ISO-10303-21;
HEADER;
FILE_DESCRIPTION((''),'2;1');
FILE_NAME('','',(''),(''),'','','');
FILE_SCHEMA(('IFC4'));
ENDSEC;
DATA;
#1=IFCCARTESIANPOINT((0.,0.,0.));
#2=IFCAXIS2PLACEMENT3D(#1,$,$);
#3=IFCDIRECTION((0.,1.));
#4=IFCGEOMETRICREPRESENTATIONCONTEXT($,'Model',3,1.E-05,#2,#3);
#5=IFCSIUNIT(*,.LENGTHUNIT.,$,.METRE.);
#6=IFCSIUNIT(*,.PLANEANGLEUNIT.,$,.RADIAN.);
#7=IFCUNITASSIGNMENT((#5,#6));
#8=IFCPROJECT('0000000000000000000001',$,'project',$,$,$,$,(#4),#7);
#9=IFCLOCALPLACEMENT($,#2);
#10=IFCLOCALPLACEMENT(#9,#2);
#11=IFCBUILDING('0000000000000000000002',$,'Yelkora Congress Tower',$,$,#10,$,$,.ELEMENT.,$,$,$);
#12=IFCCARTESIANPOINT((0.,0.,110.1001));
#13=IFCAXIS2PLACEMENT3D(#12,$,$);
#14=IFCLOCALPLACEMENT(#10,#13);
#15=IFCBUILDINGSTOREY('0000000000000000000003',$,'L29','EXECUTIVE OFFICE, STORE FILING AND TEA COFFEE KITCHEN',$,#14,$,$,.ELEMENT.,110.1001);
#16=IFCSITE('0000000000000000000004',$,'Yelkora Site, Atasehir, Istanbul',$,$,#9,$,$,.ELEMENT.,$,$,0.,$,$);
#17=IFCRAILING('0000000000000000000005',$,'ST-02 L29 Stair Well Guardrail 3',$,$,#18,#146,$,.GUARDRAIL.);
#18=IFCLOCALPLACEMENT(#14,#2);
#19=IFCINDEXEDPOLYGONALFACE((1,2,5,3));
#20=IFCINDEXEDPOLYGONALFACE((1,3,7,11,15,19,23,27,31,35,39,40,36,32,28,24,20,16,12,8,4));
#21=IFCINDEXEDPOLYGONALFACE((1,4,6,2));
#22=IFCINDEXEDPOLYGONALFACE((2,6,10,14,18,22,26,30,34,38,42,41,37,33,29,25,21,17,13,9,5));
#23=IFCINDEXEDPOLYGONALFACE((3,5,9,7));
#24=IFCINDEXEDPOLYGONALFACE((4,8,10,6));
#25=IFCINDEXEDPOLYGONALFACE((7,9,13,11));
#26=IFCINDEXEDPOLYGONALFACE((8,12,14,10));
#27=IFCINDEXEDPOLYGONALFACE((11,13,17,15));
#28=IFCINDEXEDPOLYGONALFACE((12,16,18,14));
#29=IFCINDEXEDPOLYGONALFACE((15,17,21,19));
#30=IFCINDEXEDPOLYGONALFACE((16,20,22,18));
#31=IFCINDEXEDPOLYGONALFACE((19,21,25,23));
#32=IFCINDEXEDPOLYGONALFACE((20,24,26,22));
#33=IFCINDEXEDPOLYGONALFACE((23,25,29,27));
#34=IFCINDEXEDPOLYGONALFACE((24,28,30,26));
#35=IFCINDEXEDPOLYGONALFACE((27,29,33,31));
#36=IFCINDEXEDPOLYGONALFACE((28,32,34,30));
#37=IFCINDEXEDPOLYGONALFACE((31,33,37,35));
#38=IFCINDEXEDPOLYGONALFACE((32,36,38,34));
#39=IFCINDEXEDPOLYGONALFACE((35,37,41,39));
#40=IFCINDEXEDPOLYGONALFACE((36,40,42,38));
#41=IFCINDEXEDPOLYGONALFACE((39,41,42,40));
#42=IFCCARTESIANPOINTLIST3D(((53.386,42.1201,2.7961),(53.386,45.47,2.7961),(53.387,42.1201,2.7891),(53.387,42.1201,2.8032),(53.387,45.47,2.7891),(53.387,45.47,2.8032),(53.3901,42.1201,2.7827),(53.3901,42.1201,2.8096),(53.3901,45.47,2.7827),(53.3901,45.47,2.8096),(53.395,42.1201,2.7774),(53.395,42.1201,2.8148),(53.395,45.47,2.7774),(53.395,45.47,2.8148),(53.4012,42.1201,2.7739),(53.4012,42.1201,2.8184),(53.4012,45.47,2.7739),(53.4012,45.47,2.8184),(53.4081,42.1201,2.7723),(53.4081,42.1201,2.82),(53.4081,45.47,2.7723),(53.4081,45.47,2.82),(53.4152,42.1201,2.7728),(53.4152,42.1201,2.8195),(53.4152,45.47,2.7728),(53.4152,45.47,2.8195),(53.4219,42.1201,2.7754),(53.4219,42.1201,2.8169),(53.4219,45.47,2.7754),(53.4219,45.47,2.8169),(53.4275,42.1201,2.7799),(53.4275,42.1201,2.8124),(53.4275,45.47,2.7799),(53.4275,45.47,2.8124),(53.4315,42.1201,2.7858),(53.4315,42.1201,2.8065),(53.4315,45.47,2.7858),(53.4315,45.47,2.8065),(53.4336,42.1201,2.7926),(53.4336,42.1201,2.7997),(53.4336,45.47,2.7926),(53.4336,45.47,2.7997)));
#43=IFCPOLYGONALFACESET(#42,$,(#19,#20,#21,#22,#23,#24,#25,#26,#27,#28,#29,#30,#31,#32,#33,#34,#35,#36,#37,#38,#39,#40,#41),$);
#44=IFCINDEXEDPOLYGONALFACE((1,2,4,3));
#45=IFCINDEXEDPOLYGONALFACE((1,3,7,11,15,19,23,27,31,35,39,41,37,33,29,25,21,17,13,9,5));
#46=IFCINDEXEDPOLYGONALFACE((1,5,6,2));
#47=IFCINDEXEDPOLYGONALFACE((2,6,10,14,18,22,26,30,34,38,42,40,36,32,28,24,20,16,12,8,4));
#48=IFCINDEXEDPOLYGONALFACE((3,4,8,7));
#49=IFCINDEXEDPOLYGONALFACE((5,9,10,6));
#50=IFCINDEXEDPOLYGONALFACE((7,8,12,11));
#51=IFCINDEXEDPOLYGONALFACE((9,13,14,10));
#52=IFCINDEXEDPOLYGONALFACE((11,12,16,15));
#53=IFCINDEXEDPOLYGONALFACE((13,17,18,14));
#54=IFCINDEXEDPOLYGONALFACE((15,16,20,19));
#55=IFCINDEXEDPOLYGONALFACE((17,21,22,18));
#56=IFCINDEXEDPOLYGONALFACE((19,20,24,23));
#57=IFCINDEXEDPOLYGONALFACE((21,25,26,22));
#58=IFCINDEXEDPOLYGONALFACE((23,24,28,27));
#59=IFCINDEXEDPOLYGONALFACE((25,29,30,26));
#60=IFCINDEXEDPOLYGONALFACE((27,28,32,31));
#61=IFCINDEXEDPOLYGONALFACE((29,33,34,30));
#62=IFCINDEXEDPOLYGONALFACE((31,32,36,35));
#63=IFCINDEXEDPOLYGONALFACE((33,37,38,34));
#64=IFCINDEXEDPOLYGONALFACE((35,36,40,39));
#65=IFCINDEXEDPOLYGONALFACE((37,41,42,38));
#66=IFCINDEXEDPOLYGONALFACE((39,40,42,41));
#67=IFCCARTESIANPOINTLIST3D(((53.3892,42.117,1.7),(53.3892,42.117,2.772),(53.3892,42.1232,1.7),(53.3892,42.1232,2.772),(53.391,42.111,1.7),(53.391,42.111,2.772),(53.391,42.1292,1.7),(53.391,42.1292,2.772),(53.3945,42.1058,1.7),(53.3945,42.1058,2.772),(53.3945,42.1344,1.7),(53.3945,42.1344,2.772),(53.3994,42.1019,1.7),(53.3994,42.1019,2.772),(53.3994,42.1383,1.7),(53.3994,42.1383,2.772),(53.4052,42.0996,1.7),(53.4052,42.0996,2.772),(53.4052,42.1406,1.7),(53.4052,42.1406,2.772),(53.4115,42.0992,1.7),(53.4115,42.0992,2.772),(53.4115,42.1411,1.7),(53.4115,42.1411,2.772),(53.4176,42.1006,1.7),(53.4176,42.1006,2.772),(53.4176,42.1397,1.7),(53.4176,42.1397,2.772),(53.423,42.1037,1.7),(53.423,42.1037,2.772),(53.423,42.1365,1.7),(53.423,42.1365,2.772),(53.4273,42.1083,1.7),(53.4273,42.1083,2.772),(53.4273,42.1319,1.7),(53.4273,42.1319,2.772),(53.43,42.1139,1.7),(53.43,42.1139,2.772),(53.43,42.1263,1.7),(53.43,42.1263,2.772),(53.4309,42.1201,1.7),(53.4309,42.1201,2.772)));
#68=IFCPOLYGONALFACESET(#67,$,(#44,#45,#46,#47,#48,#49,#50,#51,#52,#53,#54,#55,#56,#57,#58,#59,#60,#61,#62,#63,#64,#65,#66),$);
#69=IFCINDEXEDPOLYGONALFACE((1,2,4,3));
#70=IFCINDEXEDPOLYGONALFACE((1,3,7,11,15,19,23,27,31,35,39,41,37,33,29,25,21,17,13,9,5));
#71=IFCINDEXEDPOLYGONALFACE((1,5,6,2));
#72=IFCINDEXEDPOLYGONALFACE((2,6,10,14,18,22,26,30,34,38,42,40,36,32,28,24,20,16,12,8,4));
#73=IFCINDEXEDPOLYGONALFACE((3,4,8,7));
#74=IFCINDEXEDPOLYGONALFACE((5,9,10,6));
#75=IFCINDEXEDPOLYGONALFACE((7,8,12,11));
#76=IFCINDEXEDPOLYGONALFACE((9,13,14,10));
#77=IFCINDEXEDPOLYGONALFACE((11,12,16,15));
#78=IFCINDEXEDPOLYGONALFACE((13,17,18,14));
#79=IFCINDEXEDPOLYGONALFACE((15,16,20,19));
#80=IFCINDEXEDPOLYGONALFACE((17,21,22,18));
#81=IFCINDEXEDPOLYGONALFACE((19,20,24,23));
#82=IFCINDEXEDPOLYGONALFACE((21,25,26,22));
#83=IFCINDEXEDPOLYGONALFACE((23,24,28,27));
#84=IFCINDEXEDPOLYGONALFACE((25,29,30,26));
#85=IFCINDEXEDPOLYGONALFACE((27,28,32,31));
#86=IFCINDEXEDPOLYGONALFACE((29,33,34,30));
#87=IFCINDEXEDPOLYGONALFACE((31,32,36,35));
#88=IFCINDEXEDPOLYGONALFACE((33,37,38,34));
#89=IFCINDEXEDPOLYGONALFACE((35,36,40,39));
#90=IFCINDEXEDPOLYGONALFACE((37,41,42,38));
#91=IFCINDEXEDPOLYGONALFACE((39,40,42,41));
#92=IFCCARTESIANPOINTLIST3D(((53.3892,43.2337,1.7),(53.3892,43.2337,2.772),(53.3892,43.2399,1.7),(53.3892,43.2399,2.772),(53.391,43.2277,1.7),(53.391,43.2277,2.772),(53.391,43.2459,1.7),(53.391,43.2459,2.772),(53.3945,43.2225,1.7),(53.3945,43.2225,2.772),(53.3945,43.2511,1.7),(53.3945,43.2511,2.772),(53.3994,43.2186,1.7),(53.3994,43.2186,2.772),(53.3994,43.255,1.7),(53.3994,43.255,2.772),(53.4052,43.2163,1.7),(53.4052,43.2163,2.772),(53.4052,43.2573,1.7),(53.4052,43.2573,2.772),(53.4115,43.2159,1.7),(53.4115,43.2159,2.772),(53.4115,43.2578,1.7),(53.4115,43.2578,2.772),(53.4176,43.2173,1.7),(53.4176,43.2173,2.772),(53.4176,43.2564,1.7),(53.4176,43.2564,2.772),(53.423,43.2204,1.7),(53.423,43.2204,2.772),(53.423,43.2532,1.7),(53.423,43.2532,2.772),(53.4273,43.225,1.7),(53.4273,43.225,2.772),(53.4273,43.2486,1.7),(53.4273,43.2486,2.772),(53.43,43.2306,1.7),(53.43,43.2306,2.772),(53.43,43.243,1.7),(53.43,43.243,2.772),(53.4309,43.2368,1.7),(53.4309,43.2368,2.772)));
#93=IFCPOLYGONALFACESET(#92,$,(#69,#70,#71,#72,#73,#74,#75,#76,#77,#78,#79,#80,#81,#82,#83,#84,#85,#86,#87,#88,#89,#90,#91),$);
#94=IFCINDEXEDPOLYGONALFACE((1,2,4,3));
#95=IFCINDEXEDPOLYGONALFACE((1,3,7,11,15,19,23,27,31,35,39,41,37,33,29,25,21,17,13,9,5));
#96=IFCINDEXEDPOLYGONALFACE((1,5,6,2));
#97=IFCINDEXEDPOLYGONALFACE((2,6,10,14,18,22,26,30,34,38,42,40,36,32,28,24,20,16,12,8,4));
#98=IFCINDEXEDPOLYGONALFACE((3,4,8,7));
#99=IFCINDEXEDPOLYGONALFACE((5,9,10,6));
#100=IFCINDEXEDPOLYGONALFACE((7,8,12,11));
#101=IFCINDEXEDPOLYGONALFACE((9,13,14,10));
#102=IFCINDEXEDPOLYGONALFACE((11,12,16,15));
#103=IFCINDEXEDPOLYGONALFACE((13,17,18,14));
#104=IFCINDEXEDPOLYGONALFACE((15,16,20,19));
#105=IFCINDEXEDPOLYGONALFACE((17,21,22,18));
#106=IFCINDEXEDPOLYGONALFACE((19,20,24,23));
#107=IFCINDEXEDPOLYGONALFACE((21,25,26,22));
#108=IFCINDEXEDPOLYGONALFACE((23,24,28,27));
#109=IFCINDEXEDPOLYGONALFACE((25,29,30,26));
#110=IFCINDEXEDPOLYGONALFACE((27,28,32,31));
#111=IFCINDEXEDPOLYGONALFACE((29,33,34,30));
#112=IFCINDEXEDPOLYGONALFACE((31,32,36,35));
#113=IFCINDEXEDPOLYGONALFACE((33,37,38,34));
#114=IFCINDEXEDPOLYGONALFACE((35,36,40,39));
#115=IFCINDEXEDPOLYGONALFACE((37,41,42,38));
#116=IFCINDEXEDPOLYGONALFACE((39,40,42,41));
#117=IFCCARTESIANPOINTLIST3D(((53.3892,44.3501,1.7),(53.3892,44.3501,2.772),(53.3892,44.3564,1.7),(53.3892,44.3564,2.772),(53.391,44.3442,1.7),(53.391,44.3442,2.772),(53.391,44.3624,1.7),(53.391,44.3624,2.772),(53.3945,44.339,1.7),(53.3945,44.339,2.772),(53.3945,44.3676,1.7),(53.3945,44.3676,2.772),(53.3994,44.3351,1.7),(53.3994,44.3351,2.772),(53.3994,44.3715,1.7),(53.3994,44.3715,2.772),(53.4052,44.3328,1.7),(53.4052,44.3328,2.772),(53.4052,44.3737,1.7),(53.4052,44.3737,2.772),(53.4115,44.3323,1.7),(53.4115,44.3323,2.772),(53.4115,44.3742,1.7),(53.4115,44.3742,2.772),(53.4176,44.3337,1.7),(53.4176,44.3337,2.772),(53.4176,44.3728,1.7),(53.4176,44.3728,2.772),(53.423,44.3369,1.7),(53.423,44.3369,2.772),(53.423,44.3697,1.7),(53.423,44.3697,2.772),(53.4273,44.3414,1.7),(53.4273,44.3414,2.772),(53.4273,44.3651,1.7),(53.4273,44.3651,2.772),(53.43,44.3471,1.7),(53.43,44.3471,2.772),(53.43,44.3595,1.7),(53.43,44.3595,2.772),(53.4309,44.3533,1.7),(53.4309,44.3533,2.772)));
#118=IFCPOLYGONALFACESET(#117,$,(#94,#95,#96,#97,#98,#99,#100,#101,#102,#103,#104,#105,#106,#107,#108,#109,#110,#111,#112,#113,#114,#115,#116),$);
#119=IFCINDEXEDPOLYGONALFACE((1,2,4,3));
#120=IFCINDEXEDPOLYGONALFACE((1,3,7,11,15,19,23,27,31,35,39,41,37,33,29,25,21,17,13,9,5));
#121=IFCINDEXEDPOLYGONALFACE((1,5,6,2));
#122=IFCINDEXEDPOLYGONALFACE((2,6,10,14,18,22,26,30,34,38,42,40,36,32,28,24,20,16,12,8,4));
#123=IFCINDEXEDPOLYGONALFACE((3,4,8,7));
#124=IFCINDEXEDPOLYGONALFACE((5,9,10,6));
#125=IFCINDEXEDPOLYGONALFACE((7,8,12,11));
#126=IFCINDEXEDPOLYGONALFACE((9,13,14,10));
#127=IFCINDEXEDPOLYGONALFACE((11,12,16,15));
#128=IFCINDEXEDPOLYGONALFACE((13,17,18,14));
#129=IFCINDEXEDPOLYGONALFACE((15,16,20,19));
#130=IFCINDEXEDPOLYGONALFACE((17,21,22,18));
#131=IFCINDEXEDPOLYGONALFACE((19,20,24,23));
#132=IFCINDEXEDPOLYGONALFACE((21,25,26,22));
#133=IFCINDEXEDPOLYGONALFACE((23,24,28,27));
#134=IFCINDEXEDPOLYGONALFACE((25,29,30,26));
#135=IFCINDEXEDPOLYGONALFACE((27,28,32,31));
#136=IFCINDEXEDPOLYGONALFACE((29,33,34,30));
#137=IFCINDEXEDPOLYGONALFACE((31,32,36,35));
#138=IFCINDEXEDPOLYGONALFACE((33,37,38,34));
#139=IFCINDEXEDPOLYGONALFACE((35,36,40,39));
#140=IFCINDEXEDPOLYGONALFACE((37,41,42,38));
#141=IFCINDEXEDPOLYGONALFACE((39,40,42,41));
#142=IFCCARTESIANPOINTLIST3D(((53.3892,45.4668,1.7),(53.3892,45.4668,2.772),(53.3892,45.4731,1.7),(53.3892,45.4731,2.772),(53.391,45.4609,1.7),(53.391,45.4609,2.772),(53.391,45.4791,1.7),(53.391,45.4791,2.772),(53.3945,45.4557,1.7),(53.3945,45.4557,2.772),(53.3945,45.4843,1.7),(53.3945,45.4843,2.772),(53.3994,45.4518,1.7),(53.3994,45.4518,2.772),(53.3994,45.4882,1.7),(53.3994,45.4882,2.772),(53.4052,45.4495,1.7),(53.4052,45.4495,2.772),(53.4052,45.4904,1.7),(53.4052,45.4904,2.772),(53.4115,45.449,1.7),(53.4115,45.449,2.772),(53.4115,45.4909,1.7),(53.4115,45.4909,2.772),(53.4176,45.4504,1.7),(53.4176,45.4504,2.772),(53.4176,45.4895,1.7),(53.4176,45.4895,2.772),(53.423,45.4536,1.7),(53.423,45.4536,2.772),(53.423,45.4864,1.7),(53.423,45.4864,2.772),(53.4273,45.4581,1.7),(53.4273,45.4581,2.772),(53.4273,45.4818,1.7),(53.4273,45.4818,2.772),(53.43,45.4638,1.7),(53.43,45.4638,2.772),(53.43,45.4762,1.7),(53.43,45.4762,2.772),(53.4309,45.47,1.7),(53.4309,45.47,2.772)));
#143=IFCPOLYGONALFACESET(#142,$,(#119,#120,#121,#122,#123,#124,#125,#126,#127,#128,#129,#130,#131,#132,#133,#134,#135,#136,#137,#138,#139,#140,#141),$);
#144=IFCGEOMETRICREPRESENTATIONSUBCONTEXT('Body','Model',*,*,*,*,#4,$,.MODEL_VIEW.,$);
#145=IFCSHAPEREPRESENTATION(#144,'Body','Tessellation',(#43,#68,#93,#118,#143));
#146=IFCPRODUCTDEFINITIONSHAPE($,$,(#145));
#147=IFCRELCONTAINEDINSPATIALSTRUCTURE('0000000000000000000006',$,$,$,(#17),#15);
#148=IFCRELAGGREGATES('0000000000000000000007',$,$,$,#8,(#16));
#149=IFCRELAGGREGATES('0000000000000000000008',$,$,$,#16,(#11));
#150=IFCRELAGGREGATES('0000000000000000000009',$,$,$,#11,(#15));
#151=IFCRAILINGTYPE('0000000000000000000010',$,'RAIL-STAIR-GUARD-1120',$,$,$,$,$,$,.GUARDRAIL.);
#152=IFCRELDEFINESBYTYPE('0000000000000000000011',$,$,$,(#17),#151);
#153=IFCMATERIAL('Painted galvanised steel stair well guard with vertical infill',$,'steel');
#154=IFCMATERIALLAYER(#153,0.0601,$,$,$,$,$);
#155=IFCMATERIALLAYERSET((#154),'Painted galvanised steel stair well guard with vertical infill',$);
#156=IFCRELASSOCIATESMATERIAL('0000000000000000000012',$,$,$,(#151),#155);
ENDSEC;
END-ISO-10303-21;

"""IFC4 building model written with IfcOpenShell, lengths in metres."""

from ifc_helpers import new_model, si_unit, direction, frame, origin, origin_2d, place, context, subcontext, project, spatial, circle, extrude, material, layer, layer_set, type_object, element, save


model = new_model("IFC4")

# Units and contexts
model_context = context("Model", 3, precision=1e-05, world=origin(), true_north=direction((0.0, 1.0)))
body_context = subcontext(model_context, "Body", "Model", "MODEL_VIEW")
ifc_project = project(units=[si_unit("LENGTHUNIT", "METRE"), si_unit("PLANEANGLEUNIT", "RADIAN")], contexts=[model_context])

# Site, building, storey
site_placement = place(None, origin())
site = spatial("IfcSite", under=ifc_project, at=site_placement, Name="Yelkora Site, Atasehir, Istanbul", CompositionType="ELEMENT", RefElevation=0.0)
building_placement = place(site_placement, origin())
building = spatial("IfcBuilding", under=site, at=building_placement, Name="Yelkora Congress Tower", CompositionType="ELEMENT")
storey_placement = place(building_placement, frame((0.0, 0.0, 110.1001)))
storey = spatial("IfcBuildingStorey", under=building, at=storey_placement, Name="L29", Description="EXECUTIVE OFFICE, STORE FILING AND TEA COFFEE KITCHEN", CompositionType="ELEMENT", Elevation=110.1001)

# Railing
ifc_material_1 = material(Name="Painted galvanised steel stair well guard with vertical infill", Category="steel")
ifc_layer_1 = layer(ifc_material_1, 0.0601)
ifc_layer_set_1 = layer_set([ifc_layer_1], Name="Painted galvanised steel stair well guard with vertical infill")
railing_type_1 = type_object("IfcRailingType", Name="RAIL-STAIR-GUARD-1120", PredefinedType="GUARDRAIL", material=ifc_layer_set_1)
for number, where, name in (
    (1, (53.4099, 42.1201, 1.7), "ST-02 L29 Stair Well Guardrail 3"),
):
    element("IfcRailing", number, at=place(storey_placement, frame(where)), inside=storey, type_object=railing_type_1, Name=name, PredefinedType="GUARDRAIL", context=body_context, shape_type="SweptSolid", body=[
        extrude(circle(Radius=0.0239, at=origin_2d()), frame((0.0, 0.0, 1.0962), z_axis=(0.0, 1.0, 0.0), x_axis=(-1.0, 0.0, 0.0)), (0.0, 0.0, 1.0), 3.3499),
        extrude(circle(Radius=0.021, at=origin_2d()), origin(), (0.0, 0.0, 1.0), 1.072),
        extrude(circle(Radius=0.021, at=origin_2d()), frame((0.0, 1.1167, 0.0)), (0.0, 0.0, 1.0), 1.072),
        extrude(circle(Radius=0.021, at=origin_2d()), frame((0.0, 2.2332, 0.0)), (0.0, 0.0, 1.0), 1.072),
        extrude(circle(Radius=0.021, at=origin_2d()), frame((0.0, 3.3499, 0.0)), (0.0, 0.0, 1.0), 1.072),
    ])

save(model, "model.ifc")
